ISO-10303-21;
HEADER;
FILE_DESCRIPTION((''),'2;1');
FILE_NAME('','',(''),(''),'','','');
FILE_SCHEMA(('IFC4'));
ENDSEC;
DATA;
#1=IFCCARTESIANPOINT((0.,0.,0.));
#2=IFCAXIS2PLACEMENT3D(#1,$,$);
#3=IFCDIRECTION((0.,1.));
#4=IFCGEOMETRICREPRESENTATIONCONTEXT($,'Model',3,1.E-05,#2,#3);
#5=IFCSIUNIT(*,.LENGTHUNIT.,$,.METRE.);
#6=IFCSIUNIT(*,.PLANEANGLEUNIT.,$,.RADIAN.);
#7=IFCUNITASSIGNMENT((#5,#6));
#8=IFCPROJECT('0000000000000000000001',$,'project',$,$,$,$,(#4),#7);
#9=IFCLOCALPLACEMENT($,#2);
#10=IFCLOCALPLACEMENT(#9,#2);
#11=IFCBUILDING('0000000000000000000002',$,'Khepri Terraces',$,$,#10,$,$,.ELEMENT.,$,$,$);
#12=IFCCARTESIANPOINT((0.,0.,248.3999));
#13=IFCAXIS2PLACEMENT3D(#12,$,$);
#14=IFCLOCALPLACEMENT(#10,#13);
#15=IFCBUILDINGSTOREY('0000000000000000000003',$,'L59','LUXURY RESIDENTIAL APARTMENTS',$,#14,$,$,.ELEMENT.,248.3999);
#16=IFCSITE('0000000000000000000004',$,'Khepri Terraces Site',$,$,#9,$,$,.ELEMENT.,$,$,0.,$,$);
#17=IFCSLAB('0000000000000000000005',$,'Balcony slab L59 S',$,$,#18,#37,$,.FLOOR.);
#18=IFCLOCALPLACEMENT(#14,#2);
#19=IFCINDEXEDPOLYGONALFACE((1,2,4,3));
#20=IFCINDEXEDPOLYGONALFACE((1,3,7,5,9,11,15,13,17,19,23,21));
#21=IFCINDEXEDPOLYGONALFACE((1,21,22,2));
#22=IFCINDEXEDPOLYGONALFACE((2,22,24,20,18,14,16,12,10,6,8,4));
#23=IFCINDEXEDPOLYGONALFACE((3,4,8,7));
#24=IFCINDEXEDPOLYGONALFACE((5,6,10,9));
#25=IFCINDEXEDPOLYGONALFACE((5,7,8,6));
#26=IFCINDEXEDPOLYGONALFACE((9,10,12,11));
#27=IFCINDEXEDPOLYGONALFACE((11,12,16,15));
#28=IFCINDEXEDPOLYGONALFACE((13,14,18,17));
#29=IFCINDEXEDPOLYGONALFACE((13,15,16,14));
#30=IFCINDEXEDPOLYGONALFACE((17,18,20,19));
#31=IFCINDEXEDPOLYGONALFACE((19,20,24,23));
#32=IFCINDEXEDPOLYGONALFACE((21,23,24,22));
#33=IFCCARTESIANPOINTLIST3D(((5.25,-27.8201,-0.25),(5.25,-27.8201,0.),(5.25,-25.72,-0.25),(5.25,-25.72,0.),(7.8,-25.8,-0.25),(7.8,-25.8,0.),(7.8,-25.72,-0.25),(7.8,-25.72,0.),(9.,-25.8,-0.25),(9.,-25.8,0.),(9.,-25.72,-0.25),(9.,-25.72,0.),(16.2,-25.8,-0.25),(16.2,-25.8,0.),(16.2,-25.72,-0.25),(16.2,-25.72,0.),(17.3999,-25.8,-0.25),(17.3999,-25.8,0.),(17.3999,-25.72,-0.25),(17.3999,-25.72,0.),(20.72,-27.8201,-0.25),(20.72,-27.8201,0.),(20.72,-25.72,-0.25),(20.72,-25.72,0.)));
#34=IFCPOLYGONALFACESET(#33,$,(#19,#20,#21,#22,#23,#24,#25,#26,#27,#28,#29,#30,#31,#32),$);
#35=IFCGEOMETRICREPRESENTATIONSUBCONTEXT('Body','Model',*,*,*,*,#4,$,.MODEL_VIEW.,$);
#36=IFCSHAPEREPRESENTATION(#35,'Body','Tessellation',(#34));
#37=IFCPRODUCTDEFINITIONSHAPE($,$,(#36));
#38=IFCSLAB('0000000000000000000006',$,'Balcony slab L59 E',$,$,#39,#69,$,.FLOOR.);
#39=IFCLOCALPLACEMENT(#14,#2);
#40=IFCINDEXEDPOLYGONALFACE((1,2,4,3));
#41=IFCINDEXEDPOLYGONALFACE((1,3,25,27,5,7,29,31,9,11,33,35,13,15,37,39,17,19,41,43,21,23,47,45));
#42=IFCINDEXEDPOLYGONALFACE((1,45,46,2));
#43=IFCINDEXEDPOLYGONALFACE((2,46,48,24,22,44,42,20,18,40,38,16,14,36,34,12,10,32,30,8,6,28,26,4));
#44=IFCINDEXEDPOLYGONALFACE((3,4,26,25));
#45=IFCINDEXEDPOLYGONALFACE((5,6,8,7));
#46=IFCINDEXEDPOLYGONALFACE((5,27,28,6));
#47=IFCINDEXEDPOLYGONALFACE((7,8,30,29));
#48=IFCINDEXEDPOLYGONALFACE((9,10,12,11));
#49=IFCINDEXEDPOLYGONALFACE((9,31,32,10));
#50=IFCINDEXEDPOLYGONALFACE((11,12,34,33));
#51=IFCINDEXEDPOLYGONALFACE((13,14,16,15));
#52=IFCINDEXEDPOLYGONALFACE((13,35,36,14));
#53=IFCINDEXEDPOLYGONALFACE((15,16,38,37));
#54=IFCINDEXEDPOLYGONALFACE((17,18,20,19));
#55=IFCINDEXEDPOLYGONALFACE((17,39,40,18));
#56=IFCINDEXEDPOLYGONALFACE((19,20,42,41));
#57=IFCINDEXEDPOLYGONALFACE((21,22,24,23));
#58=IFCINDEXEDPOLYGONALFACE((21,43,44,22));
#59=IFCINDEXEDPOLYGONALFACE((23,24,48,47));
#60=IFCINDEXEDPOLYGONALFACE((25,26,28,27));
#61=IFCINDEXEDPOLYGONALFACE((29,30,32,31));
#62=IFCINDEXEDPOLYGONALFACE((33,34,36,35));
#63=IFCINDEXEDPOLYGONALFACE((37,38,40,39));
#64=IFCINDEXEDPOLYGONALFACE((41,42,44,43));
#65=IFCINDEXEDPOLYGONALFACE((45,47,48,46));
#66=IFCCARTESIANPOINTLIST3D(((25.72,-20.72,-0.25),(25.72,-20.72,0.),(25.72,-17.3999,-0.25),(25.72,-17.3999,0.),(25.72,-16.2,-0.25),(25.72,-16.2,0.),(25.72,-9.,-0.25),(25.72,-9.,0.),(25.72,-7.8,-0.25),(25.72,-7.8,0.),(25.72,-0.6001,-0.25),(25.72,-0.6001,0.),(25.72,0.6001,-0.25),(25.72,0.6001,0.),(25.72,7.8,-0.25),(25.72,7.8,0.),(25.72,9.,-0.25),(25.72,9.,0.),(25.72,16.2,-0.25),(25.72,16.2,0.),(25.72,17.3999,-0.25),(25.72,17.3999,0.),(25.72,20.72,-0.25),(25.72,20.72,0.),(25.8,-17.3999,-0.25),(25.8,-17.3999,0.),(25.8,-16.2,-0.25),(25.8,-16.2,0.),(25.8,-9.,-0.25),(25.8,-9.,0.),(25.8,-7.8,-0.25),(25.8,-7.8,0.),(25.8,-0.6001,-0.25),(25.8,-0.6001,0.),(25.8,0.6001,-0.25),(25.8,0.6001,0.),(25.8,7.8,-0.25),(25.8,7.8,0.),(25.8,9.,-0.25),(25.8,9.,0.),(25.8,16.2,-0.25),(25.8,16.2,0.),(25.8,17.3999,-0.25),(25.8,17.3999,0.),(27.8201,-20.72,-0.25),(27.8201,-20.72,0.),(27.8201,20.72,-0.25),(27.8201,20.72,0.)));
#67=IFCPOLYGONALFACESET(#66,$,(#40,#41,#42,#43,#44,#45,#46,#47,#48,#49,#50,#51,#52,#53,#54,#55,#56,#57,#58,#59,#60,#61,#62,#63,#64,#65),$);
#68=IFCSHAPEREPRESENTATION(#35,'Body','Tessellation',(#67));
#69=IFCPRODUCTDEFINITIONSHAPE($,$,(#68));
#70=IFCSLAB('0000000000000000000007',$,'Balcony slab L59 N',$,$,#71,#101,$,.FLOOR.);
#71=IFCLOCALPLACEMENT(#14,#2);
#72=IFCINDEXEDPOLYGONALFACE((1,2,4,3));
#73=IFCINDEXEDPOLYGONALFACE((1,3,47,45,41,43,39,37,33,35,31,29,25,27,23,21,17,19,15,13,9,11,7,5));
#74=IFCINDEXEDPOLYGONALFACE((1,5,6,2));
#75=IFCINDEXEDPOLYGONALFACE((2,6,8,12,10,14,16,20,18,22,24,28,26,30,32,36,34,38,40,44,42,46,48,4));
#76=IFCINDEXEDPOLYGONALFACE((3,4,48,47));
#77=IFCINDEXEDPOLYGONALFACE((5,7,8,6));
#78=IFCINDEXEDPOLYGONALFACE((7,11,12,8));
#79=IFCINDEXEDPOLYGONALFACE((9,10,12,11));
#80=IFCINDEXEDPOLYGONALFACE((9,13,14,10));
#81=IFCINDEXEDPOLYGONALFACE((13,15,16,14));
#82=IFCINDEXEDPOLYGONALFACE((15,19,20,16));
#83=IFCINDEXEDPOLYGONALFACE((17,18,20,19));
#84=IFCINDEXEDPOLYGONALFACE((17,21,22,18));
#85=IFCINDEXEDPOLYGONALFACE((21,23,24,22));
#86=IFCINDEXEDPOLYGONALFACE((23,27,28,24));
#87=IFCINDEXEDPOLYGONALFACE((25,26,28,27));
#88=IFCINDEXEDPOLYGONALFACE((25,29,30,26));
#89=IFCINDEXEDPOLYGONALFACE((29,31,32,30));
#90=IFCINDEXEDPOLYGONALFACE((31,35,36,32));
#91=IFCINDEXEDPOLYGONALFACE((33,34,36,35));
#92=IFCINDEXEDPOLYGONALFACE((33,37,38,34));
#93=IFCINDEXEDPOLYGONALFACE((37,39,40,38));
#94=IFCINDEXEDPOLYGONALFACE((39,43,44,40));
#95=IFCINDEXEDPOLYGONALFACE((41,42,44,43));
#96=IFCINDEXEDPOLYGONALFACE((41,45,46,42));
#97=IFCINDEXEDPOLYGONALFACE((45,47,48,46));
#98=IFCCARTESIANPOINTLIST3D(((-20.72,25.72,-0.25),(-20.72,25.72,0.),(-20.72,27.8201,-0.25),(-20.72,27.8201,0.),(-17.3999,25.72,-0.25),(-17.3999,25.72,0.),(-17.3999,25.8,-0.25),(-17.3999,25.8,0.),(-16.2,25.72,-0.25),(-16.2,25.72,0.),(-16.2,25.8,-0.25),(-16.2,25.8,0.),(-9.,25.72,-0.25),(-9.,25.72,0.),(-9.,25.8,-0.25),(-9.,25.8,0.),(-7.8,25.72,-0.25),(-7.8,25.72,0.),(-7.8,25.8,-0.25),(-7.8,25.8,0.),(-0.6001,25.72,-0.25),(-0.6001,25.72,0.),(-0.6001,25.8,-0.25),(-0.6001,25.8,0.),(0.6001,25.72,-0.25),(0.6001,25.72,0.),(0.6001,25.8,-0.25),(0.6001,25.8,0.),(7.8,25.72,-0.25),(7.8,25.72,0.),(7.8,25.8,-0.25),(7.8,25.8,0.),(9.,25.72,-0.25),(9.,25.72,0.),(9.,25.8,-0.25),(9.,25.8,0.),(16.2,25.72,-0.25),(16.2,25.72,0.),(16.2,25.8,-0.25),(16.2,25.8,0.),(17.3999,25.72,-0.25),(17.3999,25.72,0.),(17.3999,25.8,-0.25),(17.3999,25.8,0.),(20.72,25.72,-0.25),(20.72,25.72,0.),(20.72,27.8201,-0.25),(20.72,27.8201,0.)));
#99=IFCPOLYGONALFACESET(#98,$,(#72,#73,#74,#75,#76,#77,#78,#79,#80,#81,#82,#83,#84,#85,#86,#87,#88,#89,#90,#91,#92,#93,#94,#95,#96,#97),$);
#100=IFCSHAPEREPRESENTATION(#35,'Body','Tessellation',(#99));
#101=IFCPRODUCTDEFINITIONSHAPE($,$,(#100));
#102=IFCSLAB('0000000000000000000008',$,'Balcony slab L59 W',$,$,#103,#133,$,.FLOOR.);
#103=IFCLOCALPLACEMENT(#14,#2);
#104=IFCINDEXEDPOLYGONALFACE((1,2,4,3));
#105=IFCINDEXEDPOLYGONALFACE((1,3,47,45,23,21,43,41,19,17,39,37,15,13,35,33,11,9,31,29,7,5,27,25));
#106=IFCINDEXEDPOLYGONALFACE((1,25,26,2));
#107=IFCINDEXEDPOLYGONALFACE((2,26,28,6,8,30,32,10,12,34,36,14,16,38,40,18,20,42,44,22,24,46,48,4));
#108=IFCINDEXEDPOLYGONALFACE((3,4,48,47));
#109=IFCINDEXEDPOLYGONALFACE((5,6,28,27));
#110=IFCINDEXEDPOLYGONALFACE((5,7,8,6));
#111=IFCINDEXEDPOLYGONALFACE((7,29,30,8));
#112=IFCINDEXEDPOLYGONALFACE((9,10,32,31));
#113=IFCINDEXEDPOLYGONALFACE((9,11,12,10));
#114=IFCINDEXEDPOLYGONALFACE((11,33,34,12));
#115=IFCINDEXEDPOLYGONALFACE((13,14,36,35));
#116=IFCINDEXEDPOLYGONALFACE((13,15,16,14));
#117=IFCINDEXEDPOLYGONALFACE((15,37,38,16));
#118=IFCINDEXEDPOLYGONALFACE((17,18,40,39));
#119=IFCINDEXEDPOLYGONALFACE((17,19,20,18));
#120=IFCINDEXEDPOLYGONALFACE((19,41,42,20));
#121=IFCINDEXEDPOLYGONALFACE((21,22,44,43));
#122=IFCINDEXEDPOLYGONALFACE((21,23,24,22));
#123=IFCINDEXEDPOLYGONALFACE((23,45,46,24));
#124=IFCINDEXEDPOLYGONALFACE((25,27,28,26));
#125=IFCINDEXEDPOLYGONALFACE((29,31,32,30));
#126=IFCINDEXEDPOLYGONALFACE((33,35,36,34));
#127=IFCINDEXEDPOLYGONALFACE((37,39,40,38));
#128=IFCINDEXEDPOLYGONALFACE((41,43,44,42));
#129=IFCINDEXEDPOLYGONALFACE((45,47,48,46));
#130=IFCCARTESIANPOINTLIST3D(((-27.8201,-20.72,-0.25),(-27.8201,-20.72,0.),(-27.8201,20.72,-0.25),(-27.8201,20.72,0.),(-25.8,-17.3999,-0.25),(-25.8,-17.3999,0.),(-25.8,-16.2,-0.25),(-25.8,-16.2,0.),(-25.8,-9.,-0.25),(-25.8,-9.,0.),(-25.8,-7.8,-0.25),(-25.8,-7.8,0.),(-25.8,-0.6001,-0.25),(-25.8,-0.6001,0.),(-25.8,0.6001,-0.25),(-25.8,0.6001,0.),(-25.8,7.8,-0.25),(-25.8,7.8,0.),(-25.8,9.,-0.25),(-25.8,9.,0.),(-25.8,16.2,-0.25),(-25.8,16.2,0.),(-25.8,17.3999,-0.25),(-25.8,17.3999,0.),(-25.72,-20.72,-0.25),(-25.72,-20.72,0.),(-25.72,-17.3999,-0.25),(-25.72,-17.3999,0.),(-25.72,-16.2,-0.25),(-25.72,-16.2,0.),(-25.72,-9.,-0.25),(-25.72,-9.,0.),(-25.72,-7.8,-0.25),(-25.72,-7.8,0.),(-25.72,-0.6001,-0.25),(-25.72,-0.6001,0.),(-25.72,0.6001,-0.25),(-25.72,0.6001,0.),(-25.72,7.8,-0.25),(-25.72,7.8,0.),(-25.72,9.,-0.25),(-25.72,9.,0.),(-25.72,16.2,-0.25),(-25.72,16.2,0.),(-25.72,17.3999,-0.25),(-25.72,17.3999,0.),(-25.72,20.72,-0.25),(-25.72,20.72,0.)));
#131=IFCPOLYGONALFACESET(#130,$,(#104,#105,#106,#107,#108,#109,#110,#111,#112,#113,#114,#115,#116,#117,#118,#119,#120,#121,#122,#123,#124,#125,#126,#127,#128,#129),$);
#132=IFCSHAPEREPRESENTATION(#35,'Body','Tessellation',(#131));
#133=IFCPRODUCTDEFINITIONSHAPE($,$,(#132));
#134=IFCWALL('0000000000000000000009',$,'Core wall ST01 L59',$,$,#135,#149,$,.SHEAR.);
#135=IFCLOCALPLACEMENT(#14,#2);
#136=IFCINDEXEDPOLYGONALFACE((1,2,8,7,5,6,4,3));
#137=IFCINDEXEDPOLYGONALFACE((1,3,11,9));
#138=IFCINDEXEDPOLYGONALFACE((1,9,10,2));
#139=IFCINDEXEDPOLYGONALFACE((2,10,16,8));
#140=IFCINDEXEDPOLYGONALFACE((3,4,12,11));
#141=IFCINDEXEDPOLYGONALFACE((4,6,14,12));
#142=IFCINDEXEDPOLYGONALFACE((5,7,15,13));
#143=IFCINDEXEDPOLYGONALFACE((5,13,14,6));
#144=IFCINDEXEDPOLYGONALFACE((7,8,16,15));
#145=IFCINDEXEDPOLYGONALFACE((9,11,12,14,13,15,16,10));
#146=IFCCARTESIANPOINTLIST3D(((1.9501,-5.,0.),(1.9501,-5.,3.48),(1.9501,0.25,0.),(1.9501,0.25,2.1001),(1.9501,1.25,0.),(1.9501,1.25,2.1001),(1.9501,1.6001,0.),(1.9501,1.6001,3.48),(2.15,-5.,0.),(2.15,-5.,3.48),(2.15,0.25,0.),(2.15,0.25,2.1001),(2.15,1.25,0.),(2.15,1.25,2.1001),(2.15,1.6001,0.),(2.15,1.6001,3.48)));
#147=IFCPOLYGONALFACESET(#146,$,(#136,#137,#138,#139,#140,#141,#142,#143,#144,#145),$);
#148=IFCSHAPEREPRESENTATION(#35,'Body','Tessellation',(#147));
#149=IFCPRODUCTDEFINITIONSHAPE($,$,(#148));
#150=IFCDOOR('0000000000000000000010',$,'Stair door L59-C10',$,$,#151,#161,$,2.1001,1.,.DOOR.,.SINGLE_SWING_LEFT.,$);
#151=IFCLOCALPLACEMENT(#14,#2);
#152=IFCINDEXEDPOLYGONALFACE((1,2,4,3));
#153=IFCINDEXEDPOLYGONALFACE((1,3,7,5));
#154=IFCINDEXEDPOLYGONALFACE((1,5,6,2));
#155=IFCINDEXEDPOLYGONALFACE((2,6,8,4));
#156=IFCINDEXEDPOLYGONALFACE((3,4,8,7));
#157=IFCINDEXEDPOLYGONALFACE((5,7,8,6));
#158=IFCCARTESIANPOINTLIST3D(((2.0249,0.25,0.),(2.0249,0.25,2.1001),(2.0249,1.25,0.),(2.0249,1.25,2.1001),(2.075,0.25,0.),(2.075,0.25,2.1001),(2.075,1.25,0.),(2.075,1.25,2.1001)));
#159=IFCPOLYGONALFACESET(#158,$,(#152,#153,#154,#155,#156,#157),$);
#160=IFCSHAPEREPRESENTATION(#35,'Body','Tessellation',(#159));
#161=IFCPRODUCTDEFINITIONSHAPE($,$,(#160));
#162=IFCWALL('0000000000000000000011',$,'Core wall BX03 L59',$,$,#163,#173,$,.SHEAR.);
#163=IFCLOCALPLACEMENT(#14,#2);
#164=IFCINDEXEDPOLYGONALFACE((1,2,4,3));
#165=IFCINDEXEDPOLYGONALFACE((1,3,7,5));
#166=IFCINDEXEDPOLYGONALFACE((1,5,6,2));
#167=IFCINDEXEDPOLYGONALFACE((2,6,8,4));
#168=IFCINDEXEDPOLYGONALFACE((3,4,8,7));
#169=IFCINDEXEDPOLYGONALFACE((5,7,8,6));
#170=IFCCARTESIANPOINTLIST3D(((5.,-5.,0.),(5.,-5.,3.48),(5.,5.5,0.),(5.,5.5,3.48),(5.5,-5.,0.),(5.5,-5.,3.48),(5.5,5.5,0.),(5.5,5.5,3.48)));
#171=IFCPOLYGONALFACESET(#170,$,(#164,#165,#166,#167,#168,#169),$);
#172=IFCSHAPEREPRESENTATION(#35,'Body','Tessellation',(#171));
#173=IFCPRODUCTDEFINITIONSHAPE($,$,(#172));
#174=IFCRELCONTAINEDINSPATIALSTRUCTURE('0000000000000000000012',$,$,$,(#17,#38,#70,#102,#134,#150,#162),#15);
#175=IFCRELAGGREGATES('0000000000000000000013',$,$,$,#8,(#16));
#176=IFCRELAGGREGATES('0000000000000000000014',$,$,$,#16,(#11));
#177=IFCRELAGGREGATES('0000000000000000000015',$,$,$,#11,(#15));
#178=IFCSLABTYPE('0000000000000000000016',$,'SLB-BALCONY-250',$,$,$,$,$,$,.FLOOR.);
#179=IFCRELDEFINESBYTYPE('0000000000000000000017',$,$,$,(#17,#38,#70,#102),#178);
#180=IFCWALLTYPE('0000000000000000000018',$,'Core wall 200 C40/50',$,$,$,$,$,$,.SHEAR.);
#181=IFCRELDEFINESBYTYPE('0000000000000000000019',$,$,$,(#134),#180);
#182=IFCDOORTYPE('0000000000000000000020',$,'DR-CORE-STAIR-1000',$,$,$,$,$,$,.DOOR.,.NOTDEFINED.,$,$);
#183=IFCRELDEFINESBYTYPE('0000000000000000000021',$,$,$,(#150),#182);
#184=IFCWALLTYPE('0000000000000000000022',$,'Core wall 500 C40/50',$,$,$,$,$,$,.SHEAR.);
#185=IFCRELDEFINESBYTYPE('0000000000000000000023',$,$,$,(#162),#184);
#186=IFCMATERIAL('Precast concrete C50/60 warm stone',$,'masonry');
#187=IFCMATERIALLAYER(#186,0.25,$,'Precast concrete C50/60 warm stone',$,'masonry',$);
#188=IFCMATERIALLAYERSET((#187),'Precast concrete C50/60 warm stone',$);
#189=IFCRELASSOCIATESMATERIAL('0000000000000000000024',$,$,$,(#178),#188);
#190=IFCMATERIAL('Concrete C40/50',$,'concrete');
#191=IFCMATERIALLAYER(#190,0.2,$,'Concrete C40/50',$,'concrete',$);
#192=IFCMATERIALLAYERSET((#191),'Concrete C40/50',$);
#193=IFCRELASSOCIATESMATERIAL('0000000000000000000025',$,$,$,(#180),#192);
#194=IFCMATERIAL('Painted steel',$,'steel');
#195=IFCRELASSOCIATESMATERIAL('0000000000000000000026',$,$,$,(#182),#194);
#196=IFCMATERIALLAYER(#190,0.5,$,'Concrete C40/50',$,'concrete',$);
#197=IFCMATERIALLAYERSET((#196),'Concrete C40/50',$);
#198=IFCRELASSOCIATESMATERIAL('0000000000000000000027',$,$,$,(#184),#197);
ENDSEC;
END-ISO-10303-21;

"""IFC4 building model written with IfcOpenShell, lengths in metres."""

from ifc_helpers import new_model, si_unit, direction, frame, frame_2d, origin, place, context, subcontext, project, spatial, polyline, rectangle, outline, extrude, material, layer, layer_set, type_object, element, fill, save


model = new_model("IFC4")

# Units and contexts
model_context = context("Model", 3, precision=1e-05, world=origin(), true_north=direction((0.0, 1.0)))
body_context = subcontext(model_context, "Body", "Model", "MODEL_VIEW")
ifc_project = project(units=[si_unit("LENGTHUNIT", "METRE"), si_unit("PLANEANGLEUNIT", "RADIAN")], contexts=[model_context])

# Site, building, storey
site_placement = place(None, origin())
site = spatial("IfcSite", under=ifc_project, at=site_placement, Name="Khepri Terraces Site", CompositionType="ELEMENT", RefElevation=0.0)
building_placement = place(site_placement, origin())
building = spatial("IfcBuilding", under=site, at=building_placement, Name="Khepri Terraces", CompositionType="ELEMENT")
storey_placement = place(building_placement, frame((0.0, 0.0, 248.3999)))
storey = spatial("IfcBuildingStorey", under=building, at=storey_placement, Name="L59", Description="LUXURY RESIDENTIAL APARTMENTS", CompositionType="ELEMENT", Elevation=248.3999)

# Slabs
ifc_material_1 = material(Name="Precast concrete C50/60 warm stone", Category="masonry")
ifc_layer_1 = layer(ifc_material_1, 0.25, Name="Precast concrete C50/60 warm stone", Category="masonry")
ifc_layer_set_1 = layer_set([ifc_layer_1], Name="Precast concrete C50/60 warm stone")
slab_type = type_object("IfcSlabType", Name="SLB-BALCONY-250", PredefinedType="FLOOR", material=ifc_layer_set_1)
slab_1_placement = place(storey_placement, frame((0.0, 0.0, -0.25)))
element("IfcSlab", 1, at=slab_1_placement, inside=storey, type_object=slab_type, Name="Balcony slab L59 S", PredefinedType="FLOOR", context=body_context, shape_type="SweptSolid", body=[
    extrude(outline(polyline([(7.8, -25.72), (5.25, -25.72), (5.25, -27.8201), (20.72, -27.8201), (20.72, -25.72), (17.3999, -25.72), (17.3999, -25.8), (16.2, -25.8), (16.2, -25.72), (9.0, -25.72), (9.0, -25.8), (7.8, -25.8), (7.8, -25.72)])), origin(), (0.0, 0.0, 1.0), 0.25),
])
slab_2_placement = place(storey_placement, frame((0.0, 0.0, -0.25)))
element("IfcSlab", 2, at=slab_2_placement, inside=storey, type_object=slab_type, Name="Balcony slab L59 E", PredefinedType="FLOOR", context=body_context, shape_type="SweptSolid", body=[
    extrude(outline(polyline([(25.72, -17.3999), (25.72, -20.72), (27.8201, -20.72), (27.8201, 20.72), (25.72, 20.72), (25.72, 17.3999), (25.8, 17.3999), (25.8, 16.2), (25.72, 16.2), (25.72, 9.0), (25.8, 9.0), (25.8, 7.8), (25.72, 7.8), (25.72, 0.6001), (25.8, 0.6001), (25.8, -0.6001), (25.72, -0.6001), (25.72, -7.8), (25.8, -7.8), (25.8, -9.0), (25.72, -9.0), (25.72, -16.2), (25.8, -16.2), (25.8, -17.3999), (25.72, -17.3999)])), origin(), (0.0, 0.0, 1.0), 0.25),
])
slab_3_placement = place(storey_placement, frame((0.0, 0.0, -0.25)))
element("IfcSlab", 3, at=slab_3_placement, inside=storey, type_object=slab_type, Name="Balcony slab L59 N", PredefinedType="FLOOR", context=body_context, shape_type="SweptSolid", body=[
    extrude(outline(polyline([(17.3999, 25.72), (20.72, 25.72), (20.72, 27.8201), (-20.72, 27.8201), (-20.72, 25.72), (-17.3999, 25.72), (-17.3999, 25.8), (-16.2, 25.8), (-16.2, 25.72), (-9.0, 25.72), (-9.0, 25.8), (-7.8, 25.8), (-7.8, 25.72), (-0.6001, 25.72), (-0.6001, 25.8), (0.6001, 25.8), (0.6001, 25.72), (7.8, 25.72), (7.8, 25.8), (9.0, 25.8), (9.0, 25.72), (16.2, 25.72), (16.2, 25.8), (17.3999, 25.8), (17.3999, 25.72)])), origin(), (0.0, 0.0, 1.0), 0.25),
])
slab_4_placement = place(storey_placement, frame((0.0, 0.0, -0.25)))
element("IfcSlab", 4, at=slab_4_placement, inside=storey, type_object=slab_type, Name="Balcony slab L59 W", PredefinedType="FLOOR", context=body_context, shape_type="SweptSolid", body=[
    extrude(outline(polyline([(-25.72, 17.3999), (-25.72, 20.72), (-27.8201, 20.72), (-27.8201, -20.72), (-25.72, -20.72), (-25.72, -17.3999), (-25.8, -17.3999), (-25.8, -16.2), (-25.72, -16.2), (-25.72, -9.0), (-25.8, -9.0), (-25.8, -7.8), (-25.72, -7.8), (-25.72, -0.6001), (-25.8, -0.6001), (-25.8, 0.6001), (-25.72, 0.6001), (-25.72, 7.8), (-25.8, 7.8), (-25.8, 9.0), (-25.72, 9.0), (-25.72, 16.2), (-25.8, 16.2), (-25.8, 17.3999), (-25.72, 17.3999)])), origin(), (0.0, 0.0, 1.0), 0.25),
])

# Wall, opening, door
ifc_material_2 = material(Name="Concrete C40/50", Category="concrete")
ifc_layer_2 = layer(ifc_material_2, 0.2, Name="Concrete C40/50", Category="concrete")
ifc_layer_set_2 = layer_set([ifc_layer_2], Name="Concrete C40/50")
wall_type_1 = type_object("IfcWallType", Name="Core wall 200 C40/50", PredefinedType="SHEAR", material=ifc_layer_set_2)
wall_1_placement = place(storey_placement, frame((2.05, -5.0, 0.0), z_axis=(0.0, 0.0, 1.0), x_axis=(0.0, 1.0, 0.0)))
wall_1 = element("IfcWall", 5, at=wall_1_placement, inside=storey, type_object=wall_type_1, Name="Core wall ST01 L59", PredefinedType="SHEAR", context=body_context, shape_type="SweptSolid", body=[
    extrude(rectangle(XDim=6.6001, YDim=0.2, at=frame_2d((3.3, 0.0))), origin(), (0.0, 0.0, 1.0), 3.48),
])
opening_1_placement = place(wall_1_placement, frame((5.25, 0.0, 0.0)))
opening_1 = element("IfcOpeningElement", 6, at=opening_1_placement, cuts=wall_1, PredefinedType="OPENING", context=body_context, shape_type="SweptSolid", body=[
    extrude(rectangle(XDim=1.0, YDim=2.1001, at=frame_2d((0.5, 1.05))), frame((0.0, 0.1099, 0.0), z_axis=(0.0, -1.0, 0.0), x_axis=(1.0, 0.0, 0.0)), (0.0, 0.0, 1.0), 0.22),
])
ifc_material_3 = material(Name="Painted steel", Category="steel")
door_type_1 = type_object("IfcDoorType", Name="DR-CORE-STAIR-1000", OperationType="NOTDEFINED", PredefinedType="DOOR", material=ifc_material_3)
door_1_placement = place(opening_1_placement, frame((1.0, 0.0, 0.0), z_axis=(0.0, 0.0, 1.0), x_axis=(-1.0, 0.0, 0.0)))
door_1 = element("IfcDoor", 7, at=door_1_placement, inside=storey, type_object=door_type_1, Name="Stair door L59-C10", OperationType="SINGLE_SWING_LEFT", OverallHeight=2.1001, OverallWidth=1.0, PredefinedType="DOOR", context=body_context, shape_type="SweptSolid", body=[
    extrude(rectangle(XDim=1.0, YDim=2.1001, at=frame_2d((0.5, 1.05))), frame((0.0, 0.0249, 0.0), z_axis=(0.0, -1.0, 0.0), x_axis=(1.0, 0.0, 0.0)), (0.0, 0.0, 1.0), 0.05),
])
fill(opening_1, door_1)

# Wall
ifc_layer_3 = layer(ifc_material_2, 0.5, Name="Concrete C40/50", Category="concrete")
ifc_layer_set_3 = layer_set([ifc_layer_3], Name="Concrete C40/50")
wall_type_2 = type_object("IfcWallType", Name="Core wall 500 C40/50", PredefinedType="SHEAR", material=ifc_layer_set_3)
wall_2_placement = place(storey_placement, frame((5.25, -5.0, 0.0), z_axis=(0.0, 0.0, 1.0), x_axis=(0.0, 1.0, 0.0)))
element("IfcWall", 8, at=wall_2_placement, inside=storey, type_object=wall_type_2, Name="Core wall BX03 L59", PredefinedType="SHEAR", context=body_context, shape_type="SweptSolid", body=[
    extrude(rectangle(XDim=10.5, YDim=0.5, at=frame_2d((5.25, 0.0))), origin(), (0.0, 0.0, 1.0), 3.48),
])

save(model, "model.ifc")
